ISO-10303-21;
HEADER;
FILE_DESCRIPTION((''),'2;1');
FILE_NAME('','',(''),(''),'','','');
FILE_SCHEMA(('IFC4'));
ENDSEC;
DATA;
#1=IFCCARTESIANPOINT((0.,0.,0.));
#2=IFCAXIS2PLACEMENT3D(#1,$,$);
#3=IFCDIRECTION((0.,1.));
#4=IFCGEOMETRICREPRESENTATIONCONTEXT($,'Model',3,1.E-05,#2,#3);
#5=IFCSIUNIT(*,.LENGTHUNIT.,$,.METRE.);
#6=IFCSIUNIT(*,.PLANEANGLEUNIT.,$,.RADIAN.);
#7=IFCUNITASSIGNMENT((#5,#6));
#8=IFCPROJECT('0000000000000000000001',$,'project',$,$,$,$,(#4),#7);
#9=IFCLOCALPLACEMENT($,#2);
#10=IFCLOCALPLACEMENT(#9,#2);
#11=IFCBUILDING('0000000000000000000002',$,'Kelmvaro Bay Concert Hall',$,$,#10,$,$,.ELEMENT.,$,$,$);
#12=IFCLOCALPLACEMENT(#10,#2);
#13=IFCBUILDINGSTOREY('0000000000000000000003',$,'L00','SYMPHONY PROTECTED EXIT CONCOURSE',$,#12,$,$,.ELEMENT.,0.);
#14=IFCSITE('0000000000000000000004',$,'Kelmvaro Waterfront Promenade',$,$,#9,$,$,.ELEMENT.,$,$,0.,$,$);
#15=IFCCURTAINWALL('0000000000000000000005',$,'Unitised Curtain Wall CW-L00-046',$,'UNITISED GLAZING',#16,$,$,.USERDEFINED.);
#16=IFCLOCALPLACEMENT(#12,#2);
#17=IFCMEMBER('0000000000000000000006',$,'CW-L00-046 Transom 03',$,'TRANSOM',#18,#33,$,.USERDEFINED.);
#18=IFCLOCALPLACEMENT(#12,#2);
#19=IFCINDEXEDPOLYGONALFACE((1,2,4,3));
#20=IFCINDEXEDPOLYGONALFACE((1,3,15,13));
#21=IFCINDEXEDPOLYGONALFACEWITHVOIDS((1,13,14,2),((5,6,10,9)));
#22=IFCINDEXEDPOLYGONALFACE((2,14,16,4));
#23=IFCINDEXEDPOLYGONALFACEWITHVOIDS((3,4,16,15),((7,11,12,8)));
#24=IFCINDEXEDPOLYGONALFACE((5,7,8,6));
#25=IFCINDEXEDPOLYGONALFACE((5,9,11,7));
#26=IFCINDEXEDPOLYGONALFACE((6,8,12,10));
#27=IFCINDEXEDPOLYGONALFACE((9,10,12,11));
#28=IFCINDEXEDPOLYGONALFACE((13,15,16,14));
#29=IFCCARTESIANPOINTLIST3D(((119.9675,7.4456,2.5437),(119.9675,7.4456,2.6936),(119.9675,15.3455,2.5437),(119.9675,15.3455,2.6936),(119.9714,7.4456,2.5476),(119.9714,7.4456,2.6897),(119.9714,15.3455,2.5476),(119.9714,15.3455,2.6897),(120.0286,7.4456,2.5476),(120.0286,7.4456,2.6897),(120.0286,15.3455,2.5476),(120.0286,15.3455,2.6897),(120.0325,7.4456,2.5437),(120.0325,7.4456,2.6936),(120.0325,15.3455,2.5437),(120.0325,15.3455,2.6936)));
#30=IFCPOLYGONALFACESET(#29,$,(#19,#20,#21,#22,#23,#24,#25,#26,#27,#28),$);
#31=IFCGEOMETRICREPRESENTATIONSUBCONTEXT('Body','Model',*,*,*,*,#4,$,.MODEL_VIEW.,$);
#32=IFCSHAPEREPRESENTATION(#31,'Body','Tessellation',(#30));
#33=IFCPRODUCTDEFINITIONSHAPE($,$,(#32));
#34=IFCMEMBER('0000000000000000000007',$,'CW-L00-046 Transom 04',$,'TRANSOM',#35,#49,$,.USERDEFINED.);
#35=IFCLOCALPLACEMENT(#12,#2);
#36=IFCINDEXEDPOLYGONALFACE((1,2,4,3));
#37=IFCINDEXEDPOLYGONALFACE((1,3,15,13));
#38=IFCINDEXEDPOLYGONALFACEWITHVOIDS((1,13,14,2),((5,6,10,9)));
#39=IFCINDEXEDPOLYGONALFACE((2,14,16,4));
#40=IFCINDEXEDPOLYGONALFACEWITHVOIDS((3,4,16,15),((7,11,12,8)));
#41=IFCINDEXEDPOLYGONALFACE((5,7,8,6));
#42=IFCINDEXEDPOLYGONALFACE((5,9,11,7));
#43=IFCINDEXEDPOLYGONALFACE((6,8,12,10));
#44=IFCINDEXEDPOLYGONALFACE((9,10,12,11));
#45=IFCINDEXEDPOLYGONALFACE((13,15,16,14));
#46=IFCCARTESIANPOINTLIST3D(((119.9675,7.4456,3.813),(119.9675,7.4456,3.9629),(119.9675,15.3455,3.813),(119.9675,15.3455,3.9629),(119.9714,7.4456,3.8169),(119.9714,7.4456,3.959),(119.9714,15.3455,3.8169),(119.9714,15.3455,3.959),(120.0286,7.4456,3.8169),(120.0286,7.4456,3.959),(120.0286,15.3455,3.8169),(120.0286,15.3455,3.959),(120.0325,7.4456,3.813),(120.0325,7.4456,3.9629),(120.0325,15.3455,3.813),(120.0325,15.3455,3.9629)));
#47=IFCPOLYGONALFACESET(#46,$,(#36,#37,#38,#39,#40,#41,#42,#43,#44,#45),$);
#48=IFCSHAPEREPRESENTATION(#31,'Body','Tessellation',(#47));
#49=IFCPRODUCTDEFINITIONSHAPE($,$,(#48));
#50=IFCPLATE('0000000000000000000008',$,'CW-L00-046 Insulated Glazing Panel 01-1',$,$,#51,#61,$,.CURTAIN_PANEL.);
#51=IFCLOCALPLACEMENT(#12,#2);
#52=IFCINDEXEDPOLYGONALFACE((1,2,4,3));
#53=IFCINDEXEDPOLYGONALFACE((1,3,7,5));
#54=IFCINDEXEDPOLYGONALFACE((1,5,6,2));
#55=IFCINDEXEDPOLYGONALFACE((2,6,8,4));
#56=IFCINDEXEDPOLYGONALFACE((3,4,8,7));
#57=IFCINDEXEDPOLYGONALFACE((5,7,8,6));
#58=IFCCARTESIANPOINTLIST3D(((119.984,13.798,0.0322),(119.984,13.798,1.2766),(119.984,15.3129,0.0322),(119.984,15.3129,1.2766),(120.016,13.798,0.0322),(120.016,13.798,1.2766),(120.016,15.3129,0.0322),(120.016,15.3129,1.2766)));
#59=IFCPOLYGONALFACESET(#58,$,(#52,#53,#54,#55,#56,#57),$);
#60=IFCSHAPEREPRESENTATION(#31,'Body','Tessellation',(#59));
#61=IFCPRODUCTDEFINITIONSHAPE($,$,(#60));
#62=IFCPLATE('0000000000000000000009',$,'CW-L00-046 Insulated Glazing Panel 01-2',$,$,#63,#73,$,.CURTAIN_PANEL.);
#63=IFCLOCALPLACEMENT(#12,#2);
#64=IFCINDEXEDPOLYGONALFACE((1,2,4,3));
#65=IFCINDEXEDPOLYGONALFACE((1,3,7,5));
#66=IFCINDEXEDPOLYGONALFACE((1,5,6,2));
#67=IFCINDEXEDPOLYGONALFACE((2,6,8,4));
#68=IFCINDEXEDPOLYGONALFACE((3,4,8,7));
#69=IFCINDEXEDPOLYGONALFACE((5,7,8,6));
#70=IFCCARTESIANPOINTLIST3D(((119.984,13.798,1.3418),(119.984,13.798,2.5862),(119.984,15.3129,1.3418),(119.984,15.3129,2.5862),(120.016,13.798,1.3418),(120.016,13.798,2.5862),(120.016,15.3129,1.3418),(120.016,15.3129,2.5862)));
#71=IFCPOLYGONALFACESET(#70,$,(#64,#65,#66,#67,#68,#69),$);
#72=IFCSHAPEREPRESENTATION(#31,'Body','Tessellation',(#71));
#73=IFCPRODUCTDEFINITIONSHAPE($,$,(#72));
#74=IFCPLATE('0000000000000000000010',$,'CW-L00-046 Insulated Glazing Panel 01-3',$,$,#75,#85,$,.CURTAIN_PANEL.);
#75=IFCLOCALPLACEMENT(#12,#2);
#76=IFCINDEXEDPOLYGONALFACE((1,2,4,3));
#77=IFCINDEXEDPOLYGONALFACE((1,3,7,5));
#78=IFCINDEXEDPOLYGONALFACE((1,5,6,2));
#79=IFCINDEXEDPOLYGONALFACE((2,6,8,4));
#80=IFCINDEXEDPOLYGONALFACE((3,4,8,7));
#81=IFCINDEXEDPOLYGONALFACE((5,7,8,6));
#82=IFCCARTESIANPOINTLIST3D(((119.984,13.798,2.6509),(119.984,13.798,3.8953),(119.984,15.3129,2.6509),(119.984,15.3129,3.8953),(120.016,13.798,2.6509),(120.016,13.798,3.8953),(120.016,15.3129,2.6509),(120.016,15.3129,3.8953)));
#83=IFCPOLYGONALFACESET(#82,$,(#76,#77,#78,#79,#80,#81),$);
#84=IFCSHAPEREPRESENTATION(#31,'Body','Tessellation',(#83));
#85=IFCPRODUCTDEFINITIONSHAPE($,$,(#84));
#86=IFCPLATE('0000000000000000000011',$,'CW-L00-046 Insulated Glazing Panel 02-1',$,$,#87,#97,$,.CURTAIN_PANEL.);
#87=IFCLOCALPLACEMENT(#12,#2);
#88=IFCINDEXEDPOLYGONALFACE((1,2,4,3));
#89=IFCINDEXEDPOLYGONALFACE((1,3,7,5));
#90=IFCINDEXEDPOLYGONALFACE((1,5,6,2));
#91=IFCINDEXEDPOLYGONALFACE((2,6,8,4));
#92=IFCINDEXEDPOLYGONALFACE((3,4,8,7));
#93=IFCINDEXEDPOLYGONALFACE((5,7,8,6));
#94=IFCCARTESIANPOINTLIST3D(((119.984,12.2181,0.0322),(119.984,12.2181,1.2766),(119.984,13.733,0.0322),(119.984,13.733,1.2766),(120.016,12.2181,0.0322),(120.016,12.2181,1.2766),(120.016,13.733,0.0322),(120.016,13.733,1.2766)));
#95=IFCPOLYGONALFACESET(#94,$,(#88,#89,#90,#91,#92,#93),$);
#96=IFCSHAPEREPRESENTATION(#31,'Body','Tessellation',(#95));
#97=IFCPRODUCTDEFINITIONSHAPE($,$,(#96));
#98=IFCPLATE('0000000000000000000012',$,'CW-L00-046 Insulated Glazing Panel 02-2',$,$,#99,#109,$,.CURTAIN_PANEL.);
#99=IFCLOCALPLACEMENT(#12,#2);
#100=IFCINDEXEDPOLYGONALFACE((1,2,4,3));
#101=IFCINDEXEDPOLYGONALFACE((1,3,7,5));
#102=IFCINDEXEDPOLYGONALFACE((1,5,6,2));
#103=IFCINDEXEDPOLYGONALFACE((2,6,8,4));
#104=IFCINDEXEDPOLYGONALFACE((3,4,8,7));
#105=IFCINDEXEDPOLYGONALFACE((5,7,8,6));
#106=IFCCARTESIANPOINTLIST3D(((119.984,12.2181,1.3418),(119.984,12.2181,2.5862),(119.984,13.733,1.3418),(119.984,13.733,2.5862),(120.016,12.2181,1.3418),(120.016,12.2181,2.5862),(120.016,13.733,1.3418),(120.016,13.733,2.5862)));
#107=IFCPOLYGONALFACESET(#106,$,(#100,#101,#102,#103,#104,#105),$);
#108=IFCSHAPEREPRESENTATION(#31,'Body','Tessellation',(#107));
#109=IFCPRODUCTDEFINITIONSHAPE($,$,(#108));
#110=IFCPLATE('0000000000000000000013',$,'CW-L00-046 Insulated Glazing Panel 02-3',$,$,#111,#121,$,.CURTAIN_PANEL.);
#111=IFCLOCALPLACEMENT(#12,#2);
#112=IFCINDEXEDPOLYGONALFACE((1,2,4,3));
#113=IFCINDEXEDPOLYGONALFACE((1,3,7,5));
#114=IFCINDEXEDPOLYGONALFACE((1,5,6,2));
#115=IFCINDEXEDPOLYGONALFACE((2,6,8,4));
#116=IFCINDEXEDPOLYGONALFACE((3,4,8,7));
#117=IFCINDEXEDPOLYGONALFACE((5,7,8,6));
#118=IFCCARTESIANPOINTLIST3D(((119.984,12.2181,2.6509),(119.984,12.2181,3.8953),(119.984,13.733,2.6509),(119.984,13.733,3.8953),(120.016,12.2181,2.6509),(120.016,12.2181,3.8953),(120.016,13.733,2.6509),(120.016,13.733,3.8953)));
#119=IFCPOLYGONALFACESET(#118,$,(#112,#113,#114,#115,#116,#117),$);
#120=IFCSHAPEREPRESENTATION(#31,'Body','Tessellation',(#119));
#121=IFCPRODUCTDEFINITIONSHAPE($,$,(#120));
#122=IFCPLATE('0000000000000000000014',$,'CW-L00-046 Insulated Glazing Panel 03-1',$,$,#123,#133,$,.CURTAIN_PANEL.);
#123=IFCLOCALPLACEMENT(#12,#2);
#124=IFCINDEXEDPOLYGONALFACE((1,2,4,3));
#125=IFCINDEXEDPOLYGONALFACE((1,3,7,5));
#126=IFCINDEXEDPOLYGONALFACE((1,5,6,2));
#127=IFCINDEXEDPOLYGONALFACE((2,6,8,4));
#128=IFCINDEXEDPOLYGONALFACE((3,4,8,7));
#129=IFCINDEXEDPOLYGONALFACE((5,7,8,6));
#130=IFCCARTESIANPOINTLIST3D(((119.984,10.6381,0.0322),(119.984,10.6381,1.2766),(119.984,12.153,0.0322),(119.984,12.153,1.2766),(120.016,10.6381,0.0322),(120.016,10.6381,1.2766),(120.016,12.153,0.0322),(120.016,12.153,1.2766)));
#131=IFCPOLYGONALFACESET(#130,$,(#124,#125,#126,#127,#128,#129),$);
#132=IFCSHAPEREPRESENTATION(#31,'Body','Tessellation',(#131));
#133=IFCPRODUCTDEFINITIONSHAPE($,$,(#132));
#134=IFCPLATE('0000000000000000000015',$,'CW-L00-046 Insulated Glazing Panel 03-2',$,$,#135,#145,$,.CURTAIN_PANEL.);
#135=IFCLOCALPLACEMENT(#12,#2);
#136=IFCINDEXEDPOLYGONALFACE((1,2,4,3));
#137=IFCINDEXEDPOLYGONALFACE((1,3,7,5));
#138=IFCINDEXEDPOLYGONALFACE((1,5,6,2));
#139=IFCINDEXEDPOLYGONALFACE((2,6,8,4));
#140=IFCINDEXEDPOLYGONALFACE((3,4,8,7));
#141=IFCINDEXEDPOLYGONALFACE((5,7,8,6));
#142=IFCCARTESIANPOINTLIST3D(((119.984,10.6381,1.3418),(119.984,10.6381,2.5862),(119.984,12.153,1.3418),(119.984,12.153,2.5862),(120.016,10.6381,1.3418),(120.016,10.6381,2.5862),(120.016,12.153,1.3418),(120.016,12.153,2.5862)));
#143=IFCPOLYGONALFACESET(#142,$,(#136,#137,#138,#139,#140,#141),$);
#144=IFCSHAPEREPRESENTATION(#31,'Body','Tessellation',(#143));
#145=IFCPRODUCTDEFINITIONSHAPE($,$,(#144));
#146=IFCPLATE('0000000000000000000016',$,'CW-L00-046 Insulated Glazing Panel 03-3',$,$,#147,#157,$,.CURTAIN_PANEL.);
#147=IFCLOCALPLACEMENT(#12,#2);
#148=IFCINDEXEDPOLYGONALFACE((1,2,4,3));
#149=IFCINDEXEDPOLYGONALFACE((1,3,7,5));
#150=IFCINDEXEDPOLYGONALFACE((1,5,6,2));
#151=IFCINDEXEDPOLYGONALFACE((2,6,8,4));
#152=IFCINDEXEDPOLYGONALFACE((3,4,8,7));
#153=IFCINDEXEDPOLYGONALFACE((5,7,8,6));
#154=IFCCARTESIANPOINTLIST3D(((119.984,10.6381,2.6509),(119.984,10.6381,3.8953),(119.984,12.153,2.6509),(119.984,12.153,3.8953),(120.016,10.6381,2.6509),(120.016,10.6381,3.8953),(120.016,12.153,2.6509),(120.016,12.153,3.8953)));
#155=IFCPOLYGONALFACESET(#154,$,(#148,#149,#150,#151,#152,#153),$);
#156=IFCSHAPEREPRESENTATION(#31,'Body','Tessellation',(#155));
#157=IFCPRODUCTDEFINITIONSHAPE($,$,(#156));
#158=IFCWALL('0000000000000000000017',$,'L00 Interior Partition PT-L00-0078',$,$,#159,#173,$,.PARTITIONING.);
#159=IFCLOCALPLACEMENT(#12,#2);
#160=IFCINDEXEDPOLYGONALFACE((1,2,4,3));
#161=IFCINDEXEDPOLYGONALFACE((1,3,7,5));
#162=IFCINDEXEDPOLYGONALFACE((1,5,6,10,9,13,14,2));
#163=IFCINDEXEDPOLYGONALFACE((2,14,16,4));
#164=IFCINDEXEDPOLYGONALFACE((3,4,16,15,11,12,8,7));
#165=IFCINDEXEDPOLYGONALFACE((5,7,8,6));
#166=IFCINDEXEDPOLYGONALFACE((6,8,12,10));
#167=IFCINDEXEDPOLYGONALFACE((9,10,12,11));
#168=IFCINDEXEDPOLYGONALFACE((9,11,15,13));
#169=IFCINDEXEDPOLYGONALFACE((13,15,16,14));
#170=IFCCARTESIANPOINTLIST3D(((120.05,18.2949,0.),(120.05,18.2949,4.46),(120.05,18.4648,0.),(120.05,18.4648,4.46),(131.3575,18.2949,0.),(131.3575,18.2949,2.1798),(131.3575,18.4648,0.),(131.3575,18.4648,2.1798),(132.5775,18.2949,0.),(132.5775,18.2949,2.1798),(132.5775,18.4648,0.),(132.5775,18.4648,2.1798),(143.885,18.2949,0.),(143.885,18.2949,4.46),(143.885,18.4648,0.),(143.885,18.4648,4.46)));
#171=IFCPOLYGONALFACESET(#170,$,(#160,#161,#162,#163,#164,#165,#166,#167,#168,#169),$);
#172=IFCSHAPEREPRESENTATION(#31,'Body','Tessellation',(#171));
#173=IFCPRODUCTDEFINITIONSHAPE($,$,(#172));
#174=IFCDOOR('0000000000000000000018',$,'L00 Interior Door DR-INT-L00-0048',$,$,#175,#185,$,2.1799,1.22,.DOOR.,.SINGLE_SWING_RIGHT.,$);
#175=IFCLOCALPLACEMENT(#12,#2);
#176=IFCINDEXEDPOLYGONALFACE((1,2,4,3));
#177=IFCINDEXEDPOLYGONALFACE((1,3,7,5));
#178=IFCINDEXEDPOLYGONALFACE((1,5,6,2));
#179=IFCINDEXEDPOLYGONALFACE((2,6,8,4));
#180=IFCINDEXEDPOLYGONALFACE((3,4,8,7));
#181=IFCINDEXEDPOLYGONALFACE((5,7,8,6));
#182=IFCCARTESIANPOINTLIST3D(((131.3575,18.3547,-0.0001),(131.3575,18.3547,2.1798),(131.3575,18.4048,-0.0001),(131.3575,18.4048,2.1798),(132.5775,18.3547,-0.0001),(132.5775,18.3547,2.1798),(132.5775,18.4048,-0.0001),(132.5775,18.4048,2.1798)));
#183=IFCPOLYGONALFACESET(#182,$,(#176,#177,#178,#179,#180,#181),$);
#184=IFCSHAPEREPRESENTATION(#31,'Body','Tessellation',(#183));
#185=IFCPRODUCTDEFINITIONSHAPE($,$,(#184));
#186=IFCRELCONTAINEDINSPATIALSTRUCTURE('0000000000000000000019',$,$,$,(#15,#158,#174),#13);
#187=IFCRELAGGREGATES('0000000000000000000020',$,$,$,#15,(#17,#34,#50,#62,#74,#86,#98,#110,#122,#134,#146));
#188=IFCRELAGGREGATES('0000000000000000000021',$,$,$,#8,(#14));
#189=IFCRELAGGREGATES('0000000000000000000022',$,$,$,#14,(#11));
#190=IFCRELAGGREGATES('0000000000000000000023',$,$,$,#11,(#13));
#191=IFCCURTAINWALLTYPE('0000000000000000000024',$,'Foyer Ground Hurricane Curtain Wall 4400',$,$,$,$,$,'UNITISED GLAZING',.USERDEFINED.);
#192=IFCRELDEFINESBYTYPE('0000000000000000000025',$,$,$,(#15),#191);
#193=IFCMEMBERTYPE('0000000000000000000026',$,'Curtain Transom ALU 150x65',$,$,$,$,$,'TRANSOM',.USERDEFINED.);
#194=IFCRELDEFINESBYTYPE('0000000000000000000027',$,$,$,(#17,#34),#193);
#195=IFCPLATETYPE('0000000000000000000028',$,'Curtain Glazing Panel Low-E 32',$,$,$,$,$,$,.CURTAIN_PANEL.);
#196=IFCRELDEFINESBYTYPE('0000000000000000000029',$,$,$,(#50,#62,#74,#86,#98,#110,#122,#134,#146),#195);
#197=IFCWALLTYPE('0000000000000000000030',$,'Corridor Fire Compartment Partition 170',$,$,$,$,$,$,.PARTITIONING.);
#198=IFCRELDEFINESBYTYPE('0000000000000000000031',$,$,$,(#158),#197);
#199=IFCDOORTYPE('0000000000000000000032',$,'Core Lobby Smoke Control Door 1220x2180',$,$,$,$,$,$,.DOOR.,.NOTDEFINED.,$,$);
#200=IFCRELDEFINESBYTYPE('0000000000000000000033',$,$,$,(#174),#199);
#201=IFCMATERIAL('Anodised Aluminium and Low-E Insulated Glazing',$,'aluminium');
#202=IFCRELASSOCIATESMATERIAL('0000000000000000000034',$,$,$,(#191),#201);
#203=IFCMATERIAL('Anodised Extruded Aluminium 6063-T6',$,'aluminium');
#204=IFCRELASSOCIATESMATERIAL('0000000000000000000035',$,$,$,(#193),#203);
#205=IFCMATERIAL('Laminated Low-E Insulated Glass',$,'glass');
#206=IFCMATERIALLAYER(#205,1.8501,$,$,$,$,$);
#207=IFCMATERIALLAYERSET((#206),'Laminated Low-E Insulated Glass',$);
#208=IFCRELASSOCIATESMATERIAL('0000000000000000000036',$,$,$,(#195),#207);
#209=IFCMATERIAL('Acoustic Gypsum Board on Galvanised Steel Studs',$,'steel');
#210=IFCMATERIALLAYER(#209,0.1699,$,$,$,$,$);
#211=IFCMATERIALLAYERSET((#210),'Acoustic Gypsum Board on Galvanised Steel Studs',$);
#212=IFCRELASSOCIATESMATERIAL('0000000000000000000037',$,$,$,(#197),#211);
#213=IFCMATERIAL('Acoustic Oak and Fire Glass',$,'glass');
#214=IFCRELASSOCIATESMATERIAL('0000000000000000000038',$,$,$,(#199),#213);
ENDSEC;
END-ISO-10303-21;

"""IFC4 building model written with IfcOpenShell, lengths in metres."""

from ifc_helpers import new_model, si_unit, direction, frame, frame_2d, origin, origin_2d, place, context, subcontext, project, spatial, rectangle, hollow_rectangle, extrude, material, layer, layer_set, material_profile, profile_set, type_object, element, fill, aggregate, save


model = new_model("IFC4")

# Units and contexts
model_context = context("Model", 3, precision=1e-05, world=origin(), true_north=direction((0.0, 1.0)))
body_context = subcontext(model_context, "Body", "Model", "MODEL_VIEW")
ifc_project = project(units=[si_unit("LENGTHUNIT", "METRE"), si_unit("PLANEANGLEUNIT", "RADIAN")], contexts=[model_context])

# Site, building, storey
site_placement = place(None, origin())
site = spatial("IfcSite", under=ifc_project, at=site_placement, Name="Kelmvaro Waterfront Promenade", CompositionType="ELEMENT", RefElevation=0.0)
building_placement = place(site_placement, origin())
building = spatial("IfcBuilding", under=site, at=building_placement, Name="Kelmvaro Bay Concert Hall", CompositionType="ELEMENT")
storey_placement = place(building_placement, origin())
storey = spatial("IfcBuildingStorey", under=building, at=storey_placement, Name="L00", Description="SYMPHONY PROTECTED EXIT CONCOURSE", CompositionType="ELEMENT", Elevation=0.0)

# Curtain wall, members, plates
ifc_material_1 = material(Name="Anodised Aluminium and Low-E Insulated Glazing", Category="aluminium")
curtain_wall_type = type_object("IfcCurtainWallType", Name="Foyer Ground Hurricane Curtain Wall 4400", ElementType="UNITISED GLAZING", PredefinedType="USERDEFINED", material=ifc_material_1)
curtain_wall_placement = place(storey_placement, origin())
curtain_wall = element("IfcCurtainWall", 1, at=curtain_wall_placement, inside=storey, type_object=curtain_wall_type, Name="Unitised Curtain Wall CW-L00-046", ObjectType="UNITISED GLAZING", PredefinedType="USERDEFINED")
ifc_material_2 = material(Name="Anodised Extruded Aluminium 6063-T6", Category="aluminium")
ifc_material_profile_1 = material_profile(ifc_material_2, hollow_rectangle(XDim=0.0649, YDim=0.1499, WallThickness=0.0039, at=origin_2d()), Name="ALU-TRN-150X65")
ifc_profile_set_1 = profile_set([ifc_material_profile_1], Name="Anodised Extruded Aluminium 6063-T6")
member_type_1 = type_object("IfcMemberType", Name="Curtain Transom ALU 150x65", ElementType="TRANSOM", PredefinedType="USERDEFINED", material=ifc_profile_set_1)
member_1_placement = place(storey_placement, frame((120.0, 15.3455, 2.6187), z_axis=(0.0, -1.0, 0.0), x_axis=(1.0, 0.0, 0.0)))
member_1 = element("IfcMember", 2, at=member_1_placement, type_object=member_type_1, Name="CW-L00-046 Transom 03", ObjectType="TRANSOM", PredefinedType="USERDEFINED", context=body_context, shape_type="SweptSolid", body=[
    extrude(hollow_rectangle(XDim=0.0649, YDim=0.1499, WallThickness=0.0039, at=origin_2d()), origin(), (0.0, 0.0, 1.0), 7.8999),
])
member_2_placement = place(storey_placement, frame((120.0, 15.3455, 3.8879), z_axis=(0.0, -1.0, 0.0), x_axis=(1.0, 0.0, 0.0)))
member_2 = element("IfcMember", 3, at=member_2_placement, type_object=member_type_1, Name="CW-L00-046 Transom 04", ObjectType="TRANSOM", PredefinedType="USERDEFINED", context=body_context, shape_type="SweptSolid", body=[
    extrude(hollow_rectangle(XDim=0.0649, YDim=0.1499, WallThickness=0.0039, at=origin_2d()), origin(), (0.0, 0.0, 1.0), 7.8999),
])
ifc_material_3 = material(Name="Laminated Low-E Insulated Glass", Category="glass")
ifc_layer_1 = layer(ifc_material_3, 1.8501)
ifc_layer_set_1 = layer_set([ifc_layer_1], Name="Laminated Low-E Insulated Glass")
plate_type = type_object("IfcPlateType", Name="Curtain Glazing Panel Low-E 32", PredefinedType="CURTAIN_PANEL", material=ifc_layer_set_1)
plate_1_placement = place(storey_placement, frame((120.0, 14.5554, 0.0322), z_axis=(0.0, 0.0, 1.0), x_axis=(0.0, -1.0, 0.0)))
plate_1 = element("IfcPlate", 4, at=plate_1_placement, type_object=plate_type, Name="CW-L00-046 Insulated Glazing Panel 01-1", PredefinedType="CURTAIN_PANEL", context=body_context, shape_type="SweptSolid", body=[
    extrude(rectangle(XDim=1.5149, YDim=0.032, at=origin_2d()), origin(), (0.0, 0.0, 1.0), 1.2444),
])
plate_2_placement = place(storey_placement, frame((120.0, 14.5554, 1.3418), z_axis=(0.0, 0.0, 1.0), x_axis=(0.0, -1.0, 0.0)))
plate_2 = element("IfcPlate", 5, at=plate_2_placement, type_object=plate_type, Name="CW-L00-046 Insulated Glazing Panel 01-2", PredefinedType="CURTAIN_PANEL", context=body_context, shape_type="SweptSolid", body=[
    extrude(rectangle(XDim=1.5149, YDim=0.032, at=origin_2d()), origin(), (0.0, 0.0, 1.0), 1.2444),
])
plate_3_placement = place(storey_placement, frame((120.0, 14.5554, 2.6509), z_axis=(0.0, 0.0, 1.0), x_axis=(0.0, -1.0, 0.0)))
plate_3 = element("IfcPlate", 6, at=plate_3_placement, type_object=plate_type, Name="CW-L00-046 Insulated Glazing Panel 01-3", PredefinedType="CURTAIN_PANEL", context=body_context, shape_type="SweptSolid", body=[
    extrude(rectangle(XDim=1.5149, YDim=0.032, at=origin_2d()), origin(), (0.0, 0.0, 1.0), 1.2444),
])
plate_4_placement = place(storey_placement, frame((120.0, 12.9756, 0.0322), z_axis=(0.0, 0.0, 1.0), x_axis=(0.0, -1.0, 0.0)))
plate_4 = element("IfcPlate", 7, at=plate_4_placement, type_object=plate_type, Name="CW-L00-046 Insulated Glazing Panel 02-1", PredefinedType="CURTAIN_PANEL", context=body_context, shape_type="SweptSolid", body=[
    extrude(rectangle(XDim=1.5149, YDim=0.032, at=origin_2d()), origin(), (0.0, 0.0, 1.0), 1.2444),
])
plate_5_placement = place(storey_placement, frame((120.0, 12.9756, 1.3418), z_axis=(0.0, 0.0, 1.0), x_axis=(0.0, -1.0, 0.0)))
plate_5 = element("IfcPlate", 8, at=plate_5_placement, type_object=plate_type, Name="CW-L00-046 Insulated Glazing Panel 02-2", PredefinedType="CURTAIN_PANEL", context=body_context, shape_type="SweptSolid", body=[
    extrude(rectangle(XDim=1.5149, YDim=0.032, at=origin_2d()), origin(), (0.0, 0.0, 1.0), 1.2444),
])
plate_6_placement = place(storey_placement, frame((120.0, 12.9756, 2.6509), z_axis=(0.0, 0.0, 1.0), x_axis=(0.0, -1.0, 0.0)))
plate_6 = element("IfcPlate", 9, at=plate_6_placement, type_object=plate_type, Name="CW-L00-046 Insulated Glazing Panel 02-3", PredefinedType="CURTAIN_PANEL", context=body_context, shape_type="SweptSolid", body=[
    extrude(rectangle(XDim=1.5149, YDim=0.032, at=origin_2d()), origin(), (0.0, 0.0, 1.0), 1.2444),
])
plate_7_placement = place(storey_placement, frame((120.0, 11.3955, 0.0322), z_axis=(0.0, 0.0, 1.0), x_axis=(0.0, -1.0, 0.0)))
plate_7 = element("IfcPlate", 10, at=plate_7_placement, type_object=plate_type, Name="CW-L00-046 Insulated Glazing Panel 03-1", PredefinedType="CURTAIN_PANEL", context=body_context, shape_type="SweptSolid", body=[
    extrude(rectangle(XDim=1.5149, YDim=0.032, at=origin_2d()), origin(), (0.0, 0.0, 1.0), 1.2444),
])
plate_8_placement = place(storey_placement, frame((120.0, 11.3955, 1.3418), z_axis=(0.0, 0.0, 1.0), x_axis=(0.0, -1.0, 0.0)))
plate_8 = element("IfcPlate", 11, at=plate_8_placement, type_object=plate_type, Name="CW-L00-046 Insulated Glazing Panel 03-2", PredefinedType="CURTAIN_PANEL", context=body_context, shape_type="SweptSolid", body=[
    extrude(rectangle(XDim=1.5149, YDim=0.032, at=origin_2d()), origin(), (0.0, 0.0, 1.0), 1.2444),
])
plate_9_placement = place(storey_placement, frame((120.0, 11.3955, 2.6509), z_axis=(0.0, 0.0, 1.0), x_axis=(0.0, -1.0, 0.0)))
plate_9 = element("IfcPlate", 12, at=plate_9_placement, type_object=plate_type, Name="CW-L00-046 Insulated Glazing Panel 03-3", PredefinedType="CURTAIN_PANEL", context=body_context, shape_type="SweptSolid", body=[
    extrude(rectangle(XDim=1.5149, YDim=0.032, at=origin_2d()), origin(), (0.0, 0.0, 1.0), 1.2444),
])
aggregate(curtain_wall, [member_1, member_2, plate_1, plate_2, plate_3, plate_4, plate_5, plate_6, plate_7, plate_8, plate_9])

# Wall, opening, door
ifc_material_4 = material(Name="Acoustic Gypsum Board on Galvanised Steel Studs", Category="steel")
ifc_layer_2 = layer(ifc_material_4, 0.1699)
ifc_layer_set_2 = layer_set([ifc_layer_2], Name="Acoustic Gypsum Board on Galvanised Steel Studs")
wall_type_1 = type_object("IfcWallType", Name="Corridor Fire Compartment Partition 170", PredefinedType="PARTITIONING", material=ifc_layer_set_2)
wall_1_placement = place(storey_placement, frame((120.05, 18.3799, 0.0), z_axis=(0.0, 0.0, 1.0), x_axis=(1.0, 0.0, 0.0)))
wall_1 = element("IfcWall", 13, at=wall_1_placement, inside=storey, type_object=wall_type_1, Name="L00 Interior Partition PT-L00-0078", PredefinedType="PARTITIONING", context=body_context, shape_type="SweptSolid", body=[
    extrude(rectangle(XDim=23.835, YDim=0.1699, at=frame_2d((11.9175, 0.0))), origin(), (0.0, 0.0, 1.0), 4.46),
])
opening_1_placement = place(wall_1_placement, frame((11.3076, 0.0, 0.0)))
opening_1 = element("IfcOpeningElement", 14, at=opening_1_placement, cuts=wall_1, PredefinedType="OPENING", context=body_context, shape_type="SweptSolid", body=[
    extrude(rectangle(XDim=1.22, YDim=2.1799, at=frame_2d((0.6099, 1.0898))), frame((0.0, 0.095, 0.0), z_axis=(0.0, -1.0, 0.0), x_axis=(1.0, 0.0, 0.0)), (0.0, 0.0, 1.0), 0.1899),
])
ifc_material_5 = material(Name="Acoustic Oak and Fire Glass", Category="glass")
door_type_1 = type_object("IfcDoorType", Name="Core Lobby Smoke Control Door 1220x2180", OperationType="NOTDEFINED", PredefinedType="DOOR", material=ifc_material_5)
door_1_placement = place(opening_1_placement, origin())
door_1 = element("IfcDoor", 15, at=door_1_placement, inside=storey, type_object=door_type_1, Name="L00 Interior Door DR-INT-L00-0048", OperationType="SINGLE_SWING_RIGHT", OverallHeight=2.1799, OverallWidth=1.22, PredefinedType="DOOR", context=body_context, shape_type="SweptSolid", body=[
    extrude(rectangle(XDim=1.22, YDim=2.1799, at=frame_2d((0.6099, 1.0898))), frame((0.0, 0.0249, 0.0), z_axis=(0.0, -1.0, 0.0), x_axis=(1.0, 0.0, 0.0)), (0.0, 0.0, 1.0), 0.05),
])
fill(opening_1, door_1)

save(model, "model.ifc")
